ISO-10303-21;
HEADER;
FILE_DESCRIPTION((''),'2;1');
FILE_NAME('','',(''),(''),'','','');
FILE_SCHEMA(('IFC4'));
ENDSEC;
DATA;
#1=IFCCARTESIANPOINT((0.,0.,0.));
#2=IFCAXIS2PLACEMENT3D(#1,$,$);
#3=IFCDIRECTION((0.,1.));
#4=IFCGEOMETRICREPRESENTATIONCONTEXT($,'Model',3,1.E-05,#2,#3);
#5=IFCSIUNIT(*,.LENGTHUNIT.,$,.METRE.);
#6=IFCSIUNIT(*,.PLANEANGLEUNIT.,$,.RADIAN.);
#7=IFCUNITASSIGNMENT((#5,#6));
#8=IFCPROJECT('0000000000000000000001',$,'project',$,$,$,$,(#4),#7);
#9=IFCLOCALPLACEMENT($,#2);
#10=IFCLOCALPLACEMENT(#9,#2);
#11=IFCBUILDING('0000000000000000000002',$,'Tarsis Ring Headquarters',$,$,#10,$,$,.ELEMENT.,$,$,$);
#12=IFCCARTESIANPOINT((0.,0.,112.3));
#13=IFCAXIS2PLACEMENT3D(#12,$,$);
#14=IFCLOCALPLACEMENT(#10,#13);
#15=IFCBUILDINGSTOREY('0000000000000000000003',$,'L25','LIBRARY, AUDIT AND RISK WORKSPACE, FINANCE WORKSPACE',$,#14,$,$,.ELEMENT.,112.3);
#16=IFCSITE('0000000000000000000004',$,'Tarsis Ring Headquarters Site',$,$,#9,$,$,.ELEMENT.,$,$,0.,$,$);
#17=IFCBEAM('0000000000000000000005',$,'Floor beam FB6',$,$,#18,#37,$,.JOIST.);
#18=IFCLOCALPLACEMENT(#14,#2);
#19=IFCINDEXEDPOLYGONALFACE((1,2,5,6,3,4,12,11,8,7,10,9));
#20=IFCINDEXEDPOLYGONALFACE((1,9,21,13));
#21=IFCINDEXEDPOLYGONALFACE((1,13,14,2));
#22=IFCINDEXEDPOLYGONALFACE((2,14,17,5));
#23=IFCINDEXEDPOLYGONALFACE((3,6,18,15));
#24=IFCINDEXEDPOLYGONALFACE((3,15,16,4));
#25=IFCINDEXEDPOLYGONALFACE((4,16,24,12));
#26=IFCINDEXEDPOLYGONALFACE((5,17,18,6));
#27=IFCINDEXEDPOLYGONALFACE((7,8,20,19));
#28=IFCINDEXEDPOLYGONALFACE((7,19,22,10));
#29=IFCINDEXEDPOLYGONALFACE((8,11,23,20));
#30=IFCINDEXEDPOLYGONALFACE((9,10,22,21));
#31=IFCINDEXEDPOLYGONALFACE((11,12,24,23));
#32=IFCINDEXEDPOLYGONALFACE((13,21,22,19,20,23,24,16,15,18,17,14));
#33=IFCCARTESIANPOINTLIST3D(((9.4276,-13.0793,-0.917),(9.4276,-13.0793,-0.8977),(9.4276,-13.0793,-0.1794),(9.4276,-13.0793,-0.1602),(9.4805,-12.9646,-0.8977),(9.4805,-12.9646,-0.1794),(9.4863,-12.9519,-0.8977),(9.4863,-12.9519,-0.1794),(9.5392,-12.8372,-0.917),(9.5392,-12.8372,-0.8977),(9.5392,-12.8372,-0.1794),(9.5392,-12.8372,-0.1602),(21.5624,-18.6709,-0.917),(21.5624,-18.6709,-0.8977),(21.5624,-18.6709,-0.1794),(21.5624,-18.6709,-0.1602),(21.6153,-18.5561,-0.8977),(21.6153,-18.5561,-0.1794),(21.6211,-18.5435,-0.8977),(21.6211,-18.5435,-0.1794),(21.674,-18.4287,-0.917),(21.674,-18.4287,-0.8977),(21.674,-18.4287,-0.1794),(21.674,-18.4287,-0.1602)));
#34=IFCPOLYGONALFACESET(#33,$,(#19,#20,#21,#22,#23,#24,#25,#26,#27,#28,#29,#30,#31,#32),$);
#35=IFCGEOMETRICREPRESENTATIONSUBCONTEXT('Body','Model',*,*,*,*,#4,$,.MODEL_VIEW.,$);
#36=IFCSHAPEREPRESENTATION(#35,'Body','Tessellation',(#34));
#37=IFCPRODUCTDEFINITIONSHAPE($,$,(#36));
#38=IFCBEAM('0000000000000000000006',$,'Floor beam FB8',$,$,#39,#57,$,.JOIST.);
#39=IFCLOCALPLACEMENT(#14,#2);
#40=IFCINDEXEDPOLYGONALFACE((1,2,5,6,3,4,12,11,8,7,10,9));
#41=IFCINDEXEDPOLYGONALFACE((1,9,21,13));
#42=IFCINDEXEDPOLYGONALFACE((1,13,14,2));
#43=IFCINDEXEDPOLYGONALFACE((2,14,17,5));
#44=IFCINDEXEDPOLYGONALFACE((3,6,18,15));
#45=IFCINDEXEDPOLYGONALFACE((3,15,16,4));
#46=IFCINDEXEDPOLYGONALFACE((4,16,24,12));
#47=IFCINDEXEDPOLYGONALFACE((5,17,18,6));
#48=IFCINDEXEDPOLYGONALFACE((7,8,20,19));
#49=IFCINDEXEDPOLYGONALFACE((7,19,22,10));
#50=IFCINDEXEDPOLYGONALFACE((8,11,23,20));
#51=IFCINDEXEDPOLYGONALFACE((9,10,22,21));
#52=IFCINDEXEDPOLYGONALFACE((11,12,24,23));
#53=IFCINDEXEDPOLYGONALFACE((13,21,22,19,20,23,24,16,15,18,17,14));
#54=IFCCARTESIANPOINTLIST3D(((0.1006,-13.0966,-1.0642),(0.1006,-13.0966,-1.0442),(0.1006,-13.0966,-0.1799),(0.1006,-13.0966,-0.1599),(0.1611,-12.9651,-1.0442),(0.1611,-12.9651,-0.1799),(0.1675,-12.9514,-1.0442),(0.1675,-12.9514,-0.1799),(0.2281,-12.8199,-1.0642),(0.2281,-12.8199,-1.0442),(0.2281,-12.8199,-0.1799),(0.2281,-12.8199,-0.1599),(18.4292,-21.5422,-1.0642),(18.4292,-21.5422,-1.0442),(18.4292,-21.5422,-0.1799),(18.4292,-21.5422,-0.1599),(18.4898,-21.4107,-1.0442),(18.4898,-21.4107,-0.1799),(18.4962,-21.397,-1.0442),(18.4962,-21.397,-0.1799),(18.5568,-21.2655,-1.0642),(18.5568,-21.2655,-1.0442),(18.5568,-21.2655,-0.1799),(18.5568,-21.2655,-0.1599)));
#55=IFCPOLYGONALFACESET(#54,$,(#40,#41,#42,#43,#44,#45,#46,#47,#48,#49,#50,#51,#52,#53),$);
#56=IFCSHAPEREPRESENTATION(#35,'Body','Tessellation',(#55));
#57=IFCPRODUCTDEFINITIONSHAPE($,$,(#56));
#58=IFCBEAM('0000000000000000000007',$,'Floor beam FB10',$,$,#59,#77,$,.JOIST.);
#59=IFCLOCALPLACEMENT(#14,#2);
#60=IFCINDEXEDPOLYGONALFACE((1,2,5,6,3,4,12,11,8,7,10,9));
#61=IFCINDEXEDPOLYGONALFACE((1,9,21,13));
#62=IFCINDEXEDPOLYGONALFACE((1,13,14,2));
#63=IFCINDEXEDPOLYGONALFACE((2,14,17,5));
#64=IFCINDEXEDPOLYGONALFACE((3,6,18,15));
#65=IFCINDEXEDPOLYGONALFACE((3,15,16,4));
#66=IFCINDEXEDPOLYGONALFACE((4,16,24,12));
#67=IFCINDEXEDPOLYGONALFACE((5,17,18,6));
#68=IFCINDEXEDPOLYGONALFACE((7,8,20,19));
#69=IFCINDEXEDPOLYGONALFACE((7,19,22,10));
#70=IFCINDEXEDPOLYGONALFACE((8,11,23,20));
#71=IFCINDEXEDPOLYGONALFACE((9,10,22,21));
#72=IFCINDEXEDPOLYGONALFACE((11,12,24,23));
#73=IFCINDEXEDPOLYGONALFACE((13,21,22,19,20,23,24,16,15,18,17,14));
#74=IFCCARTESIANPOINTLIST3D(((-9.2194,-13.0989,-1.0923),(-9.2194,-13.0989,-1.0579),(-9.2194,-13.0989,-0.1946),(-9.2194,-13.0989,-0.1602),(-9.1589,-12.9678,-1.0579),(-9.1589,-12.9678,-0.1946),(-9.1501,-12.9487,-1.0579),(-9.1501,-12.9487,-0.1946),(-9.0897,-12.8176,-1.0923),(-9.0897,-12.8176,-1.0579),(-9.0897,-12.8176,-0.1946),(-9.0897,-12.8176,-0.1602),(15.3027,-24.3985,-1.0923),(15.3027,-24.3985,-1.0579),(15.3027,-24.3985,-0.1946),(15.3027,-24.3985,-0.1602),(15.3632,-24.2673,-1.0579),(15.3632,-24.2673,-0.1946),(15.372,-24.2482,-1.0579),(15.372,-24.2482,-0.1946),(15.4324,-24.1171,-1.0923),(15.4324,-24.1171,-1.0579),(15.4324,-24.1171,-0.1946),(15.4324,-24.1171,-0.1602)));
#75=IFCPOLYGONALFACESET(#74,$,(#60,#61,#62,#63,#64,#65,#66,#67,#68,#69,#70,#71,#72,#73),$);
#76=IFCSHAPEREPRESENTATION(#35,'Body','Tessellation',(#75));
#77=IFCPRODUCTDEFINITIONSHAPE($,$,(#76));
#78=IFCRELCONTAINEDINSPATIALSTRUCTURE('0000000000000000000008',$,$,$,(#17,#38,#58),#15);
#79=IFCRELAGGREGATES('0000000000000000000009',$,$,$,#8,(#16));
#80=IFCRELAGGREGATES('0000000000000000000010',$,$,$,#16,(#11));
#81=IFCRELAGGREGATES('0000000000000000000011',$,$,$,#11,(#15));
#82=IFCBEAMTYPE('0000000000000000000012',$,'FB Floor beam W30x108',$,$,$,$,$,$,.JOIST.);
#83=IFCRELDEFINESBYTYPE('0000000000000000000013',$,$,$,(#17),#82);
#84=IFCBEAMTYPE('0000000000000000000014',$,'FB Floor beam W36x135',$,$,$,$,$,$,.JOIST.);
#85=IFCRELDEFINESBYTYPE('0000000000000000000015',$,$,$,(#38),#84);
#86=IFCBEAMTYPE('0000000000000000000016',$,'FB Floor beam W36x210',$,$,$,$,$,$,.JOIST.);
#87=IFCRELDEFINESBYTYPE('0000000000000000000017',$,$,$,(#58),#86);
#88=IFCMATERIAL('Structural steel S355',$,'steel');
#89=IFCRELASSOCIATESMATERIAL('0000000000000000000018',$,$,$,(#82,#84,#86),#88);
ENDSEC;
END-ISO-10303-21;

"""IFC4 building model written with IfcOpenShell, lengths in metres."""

from ifc_helpers import new_model, si_unit, direction, frame, origin, origin_2d, place, context, subcontext, project, spatial, i_section, extrude, material, material_profile, profile_set, type_object, element, save


model = new_model("IFC4")

# Units and contexts
model_context = context("Model", 3, precision=1e-05, world=origin(), true_north=direction((0.0, 1.0)))
body_context = subcontext(model_context, "Body", "Model", "MODEL_VIEW")
ifc_project = project(units=[si_unit("LENGTHUNIT", "METRE"), si_unit("PLANEANGLEUNIT", "RADIAN")], contexts=[model_context])

# Site, building, storey
site_placement = place(None, origin())
site = spatial("IfcSite", under=ifc_project, at=site_placement, Name="Tarsis Ring Headquarters Site", CompositionType="ELEMENT", RefElevation=0.0)
building_placement = place(site_placement, origin())
building = spatial("IfcBuilding", under=site, at=building_placement, Name="Tarsis Ring Headquarters", CompositionType="ELEMENT")
storey_placement = place(building_placement, frame((0.0, 0.0, 112.3)))
storey = spatial("IfcBuildingStorey", under=building, at=storey_placement, Name="L25", Description="LIBRARY, AUDIT AND RISK WORKSPACE, FINANCE WORKSPACE", CompositionType="ELEMENT", Elevation=112.3)

# Beams
ifc_material_1 = material(Name="Structural steel S355", Category="steel")
ifc_material_profile_1 = material_profile(ifc_material_1, i_section(OverallWidth=0.2666, OverallDepth=0.7568, WebThickness=0.0139, FlangeThickness=0.0193, at=origin_2d()), Name="W30x108")
ifc_profile_set_1 = profile_set([ifc_material_profile_1], Name="Structural steel S355")
beam_type_1 = type_object("IfcBeamType", Name="FB Floor beam W30x108", PredefinedType="JOIST", material=ifc_profile_set_1)
beam_1_placement = place(storey_placement, frame((9.4834, -12.9583, -0.5386), z_axis=(0.908219, -0.418496, 0.0), x_axis=(0.418496, 0.908219, 0.0)))
element("IfcBeam", 1, at=beam_1_placement, inside=storey, type_object=beam_type_1, Name="Floor beam FB6", PredefinedType="JOIST", context=body_context, shape_type="SweptSolid", body=[
    extrude(i_section(OverallWidth=0.2666, OverallDepth=0.7568, WebThickness=0.0139, FlangeThickness=0.0193, at=origin_2d()), origin(), (0.0, 0.0, 1.0), 13.3611),
])
ifc_material_profile_2 = material_profile(ifc_material_1, i_section(OverallWidth=0.3047, OverallDepth=0.9043, WebThickness=0.0151, FlangeThickness=0.02, at=origin_2d()), Name="W36x135")
ifc_profile_set_2 = profile_set([ifc_material_profile_2], Name="Structural steel S355")
beam_type_2 = type_object("IfcBeamType", Name="FB Floor beam W36x135", PredefinedType="JOIST", material=ifc_profile_set_2)
beam_2_placement = place(storey_placement, frame((0.1643, -12.9583, -0.6121), z_axis=(0.908219, -0.418494, 0.0), x_axis=(0.418494, 0.908219, 0.0)))
element("IfcBeam", 2, at=beam_2_placement, inside=storey, type_object=beam_type_2, Name="Floor beam FB8", PredefinedType="JOIST", context=body_context, shape_type="SweptSolid", body=[
    extrude(i_section(OverallWidth=0.3047, OverallDepth=0.9043, WebThickness=0.0151, FlangeThickness=0.02, at=origin_2d()), origin(), (0.0, 0.0, 1.0), 20.1809),
])
ifc_material_profile_3 = material_profile(ifc_material_1, i_section(OverallWidth=0.3098, OverallDepth=0.9321, WebThickness=0.021, FlangeThickness=0.0344, at=origin_2d()), Name="W36x210")
ifc_profile_set_3 = profile_set([ifc_material_profile_3], Name="Structural steel S355")
beam_type_3 = type_object("IfcBeamType", Name="FB Floor beam W36x210", PredefinedType="JOIST", material=ifc_profile_set_3)
beam_3_placement = place(storey_placement, frame((-9.1545, -12.9583, -0.6262), z_axis=(0.908218, -0.418497, 0.0), x_axis=(0.418497, 0.908218, 0.0)))
element("IfcBeam", 3, at=beam_3_placement, inside=storey, type_object=beam_type_3, Name="Floor beam FB10", PredefinedType="JOIST", context=body_context, shape_type="SweptSolid", body=[
    extrude(i_section(OverallWidth=0.3098, OverallDepth=0.9321, WebThickness=0.021, FlangeThickness=0.0344, at=origin_2d()), origin(), (0.0, 0.0, 1.0), 27.0002),
])

save(model, "model.ifc")
